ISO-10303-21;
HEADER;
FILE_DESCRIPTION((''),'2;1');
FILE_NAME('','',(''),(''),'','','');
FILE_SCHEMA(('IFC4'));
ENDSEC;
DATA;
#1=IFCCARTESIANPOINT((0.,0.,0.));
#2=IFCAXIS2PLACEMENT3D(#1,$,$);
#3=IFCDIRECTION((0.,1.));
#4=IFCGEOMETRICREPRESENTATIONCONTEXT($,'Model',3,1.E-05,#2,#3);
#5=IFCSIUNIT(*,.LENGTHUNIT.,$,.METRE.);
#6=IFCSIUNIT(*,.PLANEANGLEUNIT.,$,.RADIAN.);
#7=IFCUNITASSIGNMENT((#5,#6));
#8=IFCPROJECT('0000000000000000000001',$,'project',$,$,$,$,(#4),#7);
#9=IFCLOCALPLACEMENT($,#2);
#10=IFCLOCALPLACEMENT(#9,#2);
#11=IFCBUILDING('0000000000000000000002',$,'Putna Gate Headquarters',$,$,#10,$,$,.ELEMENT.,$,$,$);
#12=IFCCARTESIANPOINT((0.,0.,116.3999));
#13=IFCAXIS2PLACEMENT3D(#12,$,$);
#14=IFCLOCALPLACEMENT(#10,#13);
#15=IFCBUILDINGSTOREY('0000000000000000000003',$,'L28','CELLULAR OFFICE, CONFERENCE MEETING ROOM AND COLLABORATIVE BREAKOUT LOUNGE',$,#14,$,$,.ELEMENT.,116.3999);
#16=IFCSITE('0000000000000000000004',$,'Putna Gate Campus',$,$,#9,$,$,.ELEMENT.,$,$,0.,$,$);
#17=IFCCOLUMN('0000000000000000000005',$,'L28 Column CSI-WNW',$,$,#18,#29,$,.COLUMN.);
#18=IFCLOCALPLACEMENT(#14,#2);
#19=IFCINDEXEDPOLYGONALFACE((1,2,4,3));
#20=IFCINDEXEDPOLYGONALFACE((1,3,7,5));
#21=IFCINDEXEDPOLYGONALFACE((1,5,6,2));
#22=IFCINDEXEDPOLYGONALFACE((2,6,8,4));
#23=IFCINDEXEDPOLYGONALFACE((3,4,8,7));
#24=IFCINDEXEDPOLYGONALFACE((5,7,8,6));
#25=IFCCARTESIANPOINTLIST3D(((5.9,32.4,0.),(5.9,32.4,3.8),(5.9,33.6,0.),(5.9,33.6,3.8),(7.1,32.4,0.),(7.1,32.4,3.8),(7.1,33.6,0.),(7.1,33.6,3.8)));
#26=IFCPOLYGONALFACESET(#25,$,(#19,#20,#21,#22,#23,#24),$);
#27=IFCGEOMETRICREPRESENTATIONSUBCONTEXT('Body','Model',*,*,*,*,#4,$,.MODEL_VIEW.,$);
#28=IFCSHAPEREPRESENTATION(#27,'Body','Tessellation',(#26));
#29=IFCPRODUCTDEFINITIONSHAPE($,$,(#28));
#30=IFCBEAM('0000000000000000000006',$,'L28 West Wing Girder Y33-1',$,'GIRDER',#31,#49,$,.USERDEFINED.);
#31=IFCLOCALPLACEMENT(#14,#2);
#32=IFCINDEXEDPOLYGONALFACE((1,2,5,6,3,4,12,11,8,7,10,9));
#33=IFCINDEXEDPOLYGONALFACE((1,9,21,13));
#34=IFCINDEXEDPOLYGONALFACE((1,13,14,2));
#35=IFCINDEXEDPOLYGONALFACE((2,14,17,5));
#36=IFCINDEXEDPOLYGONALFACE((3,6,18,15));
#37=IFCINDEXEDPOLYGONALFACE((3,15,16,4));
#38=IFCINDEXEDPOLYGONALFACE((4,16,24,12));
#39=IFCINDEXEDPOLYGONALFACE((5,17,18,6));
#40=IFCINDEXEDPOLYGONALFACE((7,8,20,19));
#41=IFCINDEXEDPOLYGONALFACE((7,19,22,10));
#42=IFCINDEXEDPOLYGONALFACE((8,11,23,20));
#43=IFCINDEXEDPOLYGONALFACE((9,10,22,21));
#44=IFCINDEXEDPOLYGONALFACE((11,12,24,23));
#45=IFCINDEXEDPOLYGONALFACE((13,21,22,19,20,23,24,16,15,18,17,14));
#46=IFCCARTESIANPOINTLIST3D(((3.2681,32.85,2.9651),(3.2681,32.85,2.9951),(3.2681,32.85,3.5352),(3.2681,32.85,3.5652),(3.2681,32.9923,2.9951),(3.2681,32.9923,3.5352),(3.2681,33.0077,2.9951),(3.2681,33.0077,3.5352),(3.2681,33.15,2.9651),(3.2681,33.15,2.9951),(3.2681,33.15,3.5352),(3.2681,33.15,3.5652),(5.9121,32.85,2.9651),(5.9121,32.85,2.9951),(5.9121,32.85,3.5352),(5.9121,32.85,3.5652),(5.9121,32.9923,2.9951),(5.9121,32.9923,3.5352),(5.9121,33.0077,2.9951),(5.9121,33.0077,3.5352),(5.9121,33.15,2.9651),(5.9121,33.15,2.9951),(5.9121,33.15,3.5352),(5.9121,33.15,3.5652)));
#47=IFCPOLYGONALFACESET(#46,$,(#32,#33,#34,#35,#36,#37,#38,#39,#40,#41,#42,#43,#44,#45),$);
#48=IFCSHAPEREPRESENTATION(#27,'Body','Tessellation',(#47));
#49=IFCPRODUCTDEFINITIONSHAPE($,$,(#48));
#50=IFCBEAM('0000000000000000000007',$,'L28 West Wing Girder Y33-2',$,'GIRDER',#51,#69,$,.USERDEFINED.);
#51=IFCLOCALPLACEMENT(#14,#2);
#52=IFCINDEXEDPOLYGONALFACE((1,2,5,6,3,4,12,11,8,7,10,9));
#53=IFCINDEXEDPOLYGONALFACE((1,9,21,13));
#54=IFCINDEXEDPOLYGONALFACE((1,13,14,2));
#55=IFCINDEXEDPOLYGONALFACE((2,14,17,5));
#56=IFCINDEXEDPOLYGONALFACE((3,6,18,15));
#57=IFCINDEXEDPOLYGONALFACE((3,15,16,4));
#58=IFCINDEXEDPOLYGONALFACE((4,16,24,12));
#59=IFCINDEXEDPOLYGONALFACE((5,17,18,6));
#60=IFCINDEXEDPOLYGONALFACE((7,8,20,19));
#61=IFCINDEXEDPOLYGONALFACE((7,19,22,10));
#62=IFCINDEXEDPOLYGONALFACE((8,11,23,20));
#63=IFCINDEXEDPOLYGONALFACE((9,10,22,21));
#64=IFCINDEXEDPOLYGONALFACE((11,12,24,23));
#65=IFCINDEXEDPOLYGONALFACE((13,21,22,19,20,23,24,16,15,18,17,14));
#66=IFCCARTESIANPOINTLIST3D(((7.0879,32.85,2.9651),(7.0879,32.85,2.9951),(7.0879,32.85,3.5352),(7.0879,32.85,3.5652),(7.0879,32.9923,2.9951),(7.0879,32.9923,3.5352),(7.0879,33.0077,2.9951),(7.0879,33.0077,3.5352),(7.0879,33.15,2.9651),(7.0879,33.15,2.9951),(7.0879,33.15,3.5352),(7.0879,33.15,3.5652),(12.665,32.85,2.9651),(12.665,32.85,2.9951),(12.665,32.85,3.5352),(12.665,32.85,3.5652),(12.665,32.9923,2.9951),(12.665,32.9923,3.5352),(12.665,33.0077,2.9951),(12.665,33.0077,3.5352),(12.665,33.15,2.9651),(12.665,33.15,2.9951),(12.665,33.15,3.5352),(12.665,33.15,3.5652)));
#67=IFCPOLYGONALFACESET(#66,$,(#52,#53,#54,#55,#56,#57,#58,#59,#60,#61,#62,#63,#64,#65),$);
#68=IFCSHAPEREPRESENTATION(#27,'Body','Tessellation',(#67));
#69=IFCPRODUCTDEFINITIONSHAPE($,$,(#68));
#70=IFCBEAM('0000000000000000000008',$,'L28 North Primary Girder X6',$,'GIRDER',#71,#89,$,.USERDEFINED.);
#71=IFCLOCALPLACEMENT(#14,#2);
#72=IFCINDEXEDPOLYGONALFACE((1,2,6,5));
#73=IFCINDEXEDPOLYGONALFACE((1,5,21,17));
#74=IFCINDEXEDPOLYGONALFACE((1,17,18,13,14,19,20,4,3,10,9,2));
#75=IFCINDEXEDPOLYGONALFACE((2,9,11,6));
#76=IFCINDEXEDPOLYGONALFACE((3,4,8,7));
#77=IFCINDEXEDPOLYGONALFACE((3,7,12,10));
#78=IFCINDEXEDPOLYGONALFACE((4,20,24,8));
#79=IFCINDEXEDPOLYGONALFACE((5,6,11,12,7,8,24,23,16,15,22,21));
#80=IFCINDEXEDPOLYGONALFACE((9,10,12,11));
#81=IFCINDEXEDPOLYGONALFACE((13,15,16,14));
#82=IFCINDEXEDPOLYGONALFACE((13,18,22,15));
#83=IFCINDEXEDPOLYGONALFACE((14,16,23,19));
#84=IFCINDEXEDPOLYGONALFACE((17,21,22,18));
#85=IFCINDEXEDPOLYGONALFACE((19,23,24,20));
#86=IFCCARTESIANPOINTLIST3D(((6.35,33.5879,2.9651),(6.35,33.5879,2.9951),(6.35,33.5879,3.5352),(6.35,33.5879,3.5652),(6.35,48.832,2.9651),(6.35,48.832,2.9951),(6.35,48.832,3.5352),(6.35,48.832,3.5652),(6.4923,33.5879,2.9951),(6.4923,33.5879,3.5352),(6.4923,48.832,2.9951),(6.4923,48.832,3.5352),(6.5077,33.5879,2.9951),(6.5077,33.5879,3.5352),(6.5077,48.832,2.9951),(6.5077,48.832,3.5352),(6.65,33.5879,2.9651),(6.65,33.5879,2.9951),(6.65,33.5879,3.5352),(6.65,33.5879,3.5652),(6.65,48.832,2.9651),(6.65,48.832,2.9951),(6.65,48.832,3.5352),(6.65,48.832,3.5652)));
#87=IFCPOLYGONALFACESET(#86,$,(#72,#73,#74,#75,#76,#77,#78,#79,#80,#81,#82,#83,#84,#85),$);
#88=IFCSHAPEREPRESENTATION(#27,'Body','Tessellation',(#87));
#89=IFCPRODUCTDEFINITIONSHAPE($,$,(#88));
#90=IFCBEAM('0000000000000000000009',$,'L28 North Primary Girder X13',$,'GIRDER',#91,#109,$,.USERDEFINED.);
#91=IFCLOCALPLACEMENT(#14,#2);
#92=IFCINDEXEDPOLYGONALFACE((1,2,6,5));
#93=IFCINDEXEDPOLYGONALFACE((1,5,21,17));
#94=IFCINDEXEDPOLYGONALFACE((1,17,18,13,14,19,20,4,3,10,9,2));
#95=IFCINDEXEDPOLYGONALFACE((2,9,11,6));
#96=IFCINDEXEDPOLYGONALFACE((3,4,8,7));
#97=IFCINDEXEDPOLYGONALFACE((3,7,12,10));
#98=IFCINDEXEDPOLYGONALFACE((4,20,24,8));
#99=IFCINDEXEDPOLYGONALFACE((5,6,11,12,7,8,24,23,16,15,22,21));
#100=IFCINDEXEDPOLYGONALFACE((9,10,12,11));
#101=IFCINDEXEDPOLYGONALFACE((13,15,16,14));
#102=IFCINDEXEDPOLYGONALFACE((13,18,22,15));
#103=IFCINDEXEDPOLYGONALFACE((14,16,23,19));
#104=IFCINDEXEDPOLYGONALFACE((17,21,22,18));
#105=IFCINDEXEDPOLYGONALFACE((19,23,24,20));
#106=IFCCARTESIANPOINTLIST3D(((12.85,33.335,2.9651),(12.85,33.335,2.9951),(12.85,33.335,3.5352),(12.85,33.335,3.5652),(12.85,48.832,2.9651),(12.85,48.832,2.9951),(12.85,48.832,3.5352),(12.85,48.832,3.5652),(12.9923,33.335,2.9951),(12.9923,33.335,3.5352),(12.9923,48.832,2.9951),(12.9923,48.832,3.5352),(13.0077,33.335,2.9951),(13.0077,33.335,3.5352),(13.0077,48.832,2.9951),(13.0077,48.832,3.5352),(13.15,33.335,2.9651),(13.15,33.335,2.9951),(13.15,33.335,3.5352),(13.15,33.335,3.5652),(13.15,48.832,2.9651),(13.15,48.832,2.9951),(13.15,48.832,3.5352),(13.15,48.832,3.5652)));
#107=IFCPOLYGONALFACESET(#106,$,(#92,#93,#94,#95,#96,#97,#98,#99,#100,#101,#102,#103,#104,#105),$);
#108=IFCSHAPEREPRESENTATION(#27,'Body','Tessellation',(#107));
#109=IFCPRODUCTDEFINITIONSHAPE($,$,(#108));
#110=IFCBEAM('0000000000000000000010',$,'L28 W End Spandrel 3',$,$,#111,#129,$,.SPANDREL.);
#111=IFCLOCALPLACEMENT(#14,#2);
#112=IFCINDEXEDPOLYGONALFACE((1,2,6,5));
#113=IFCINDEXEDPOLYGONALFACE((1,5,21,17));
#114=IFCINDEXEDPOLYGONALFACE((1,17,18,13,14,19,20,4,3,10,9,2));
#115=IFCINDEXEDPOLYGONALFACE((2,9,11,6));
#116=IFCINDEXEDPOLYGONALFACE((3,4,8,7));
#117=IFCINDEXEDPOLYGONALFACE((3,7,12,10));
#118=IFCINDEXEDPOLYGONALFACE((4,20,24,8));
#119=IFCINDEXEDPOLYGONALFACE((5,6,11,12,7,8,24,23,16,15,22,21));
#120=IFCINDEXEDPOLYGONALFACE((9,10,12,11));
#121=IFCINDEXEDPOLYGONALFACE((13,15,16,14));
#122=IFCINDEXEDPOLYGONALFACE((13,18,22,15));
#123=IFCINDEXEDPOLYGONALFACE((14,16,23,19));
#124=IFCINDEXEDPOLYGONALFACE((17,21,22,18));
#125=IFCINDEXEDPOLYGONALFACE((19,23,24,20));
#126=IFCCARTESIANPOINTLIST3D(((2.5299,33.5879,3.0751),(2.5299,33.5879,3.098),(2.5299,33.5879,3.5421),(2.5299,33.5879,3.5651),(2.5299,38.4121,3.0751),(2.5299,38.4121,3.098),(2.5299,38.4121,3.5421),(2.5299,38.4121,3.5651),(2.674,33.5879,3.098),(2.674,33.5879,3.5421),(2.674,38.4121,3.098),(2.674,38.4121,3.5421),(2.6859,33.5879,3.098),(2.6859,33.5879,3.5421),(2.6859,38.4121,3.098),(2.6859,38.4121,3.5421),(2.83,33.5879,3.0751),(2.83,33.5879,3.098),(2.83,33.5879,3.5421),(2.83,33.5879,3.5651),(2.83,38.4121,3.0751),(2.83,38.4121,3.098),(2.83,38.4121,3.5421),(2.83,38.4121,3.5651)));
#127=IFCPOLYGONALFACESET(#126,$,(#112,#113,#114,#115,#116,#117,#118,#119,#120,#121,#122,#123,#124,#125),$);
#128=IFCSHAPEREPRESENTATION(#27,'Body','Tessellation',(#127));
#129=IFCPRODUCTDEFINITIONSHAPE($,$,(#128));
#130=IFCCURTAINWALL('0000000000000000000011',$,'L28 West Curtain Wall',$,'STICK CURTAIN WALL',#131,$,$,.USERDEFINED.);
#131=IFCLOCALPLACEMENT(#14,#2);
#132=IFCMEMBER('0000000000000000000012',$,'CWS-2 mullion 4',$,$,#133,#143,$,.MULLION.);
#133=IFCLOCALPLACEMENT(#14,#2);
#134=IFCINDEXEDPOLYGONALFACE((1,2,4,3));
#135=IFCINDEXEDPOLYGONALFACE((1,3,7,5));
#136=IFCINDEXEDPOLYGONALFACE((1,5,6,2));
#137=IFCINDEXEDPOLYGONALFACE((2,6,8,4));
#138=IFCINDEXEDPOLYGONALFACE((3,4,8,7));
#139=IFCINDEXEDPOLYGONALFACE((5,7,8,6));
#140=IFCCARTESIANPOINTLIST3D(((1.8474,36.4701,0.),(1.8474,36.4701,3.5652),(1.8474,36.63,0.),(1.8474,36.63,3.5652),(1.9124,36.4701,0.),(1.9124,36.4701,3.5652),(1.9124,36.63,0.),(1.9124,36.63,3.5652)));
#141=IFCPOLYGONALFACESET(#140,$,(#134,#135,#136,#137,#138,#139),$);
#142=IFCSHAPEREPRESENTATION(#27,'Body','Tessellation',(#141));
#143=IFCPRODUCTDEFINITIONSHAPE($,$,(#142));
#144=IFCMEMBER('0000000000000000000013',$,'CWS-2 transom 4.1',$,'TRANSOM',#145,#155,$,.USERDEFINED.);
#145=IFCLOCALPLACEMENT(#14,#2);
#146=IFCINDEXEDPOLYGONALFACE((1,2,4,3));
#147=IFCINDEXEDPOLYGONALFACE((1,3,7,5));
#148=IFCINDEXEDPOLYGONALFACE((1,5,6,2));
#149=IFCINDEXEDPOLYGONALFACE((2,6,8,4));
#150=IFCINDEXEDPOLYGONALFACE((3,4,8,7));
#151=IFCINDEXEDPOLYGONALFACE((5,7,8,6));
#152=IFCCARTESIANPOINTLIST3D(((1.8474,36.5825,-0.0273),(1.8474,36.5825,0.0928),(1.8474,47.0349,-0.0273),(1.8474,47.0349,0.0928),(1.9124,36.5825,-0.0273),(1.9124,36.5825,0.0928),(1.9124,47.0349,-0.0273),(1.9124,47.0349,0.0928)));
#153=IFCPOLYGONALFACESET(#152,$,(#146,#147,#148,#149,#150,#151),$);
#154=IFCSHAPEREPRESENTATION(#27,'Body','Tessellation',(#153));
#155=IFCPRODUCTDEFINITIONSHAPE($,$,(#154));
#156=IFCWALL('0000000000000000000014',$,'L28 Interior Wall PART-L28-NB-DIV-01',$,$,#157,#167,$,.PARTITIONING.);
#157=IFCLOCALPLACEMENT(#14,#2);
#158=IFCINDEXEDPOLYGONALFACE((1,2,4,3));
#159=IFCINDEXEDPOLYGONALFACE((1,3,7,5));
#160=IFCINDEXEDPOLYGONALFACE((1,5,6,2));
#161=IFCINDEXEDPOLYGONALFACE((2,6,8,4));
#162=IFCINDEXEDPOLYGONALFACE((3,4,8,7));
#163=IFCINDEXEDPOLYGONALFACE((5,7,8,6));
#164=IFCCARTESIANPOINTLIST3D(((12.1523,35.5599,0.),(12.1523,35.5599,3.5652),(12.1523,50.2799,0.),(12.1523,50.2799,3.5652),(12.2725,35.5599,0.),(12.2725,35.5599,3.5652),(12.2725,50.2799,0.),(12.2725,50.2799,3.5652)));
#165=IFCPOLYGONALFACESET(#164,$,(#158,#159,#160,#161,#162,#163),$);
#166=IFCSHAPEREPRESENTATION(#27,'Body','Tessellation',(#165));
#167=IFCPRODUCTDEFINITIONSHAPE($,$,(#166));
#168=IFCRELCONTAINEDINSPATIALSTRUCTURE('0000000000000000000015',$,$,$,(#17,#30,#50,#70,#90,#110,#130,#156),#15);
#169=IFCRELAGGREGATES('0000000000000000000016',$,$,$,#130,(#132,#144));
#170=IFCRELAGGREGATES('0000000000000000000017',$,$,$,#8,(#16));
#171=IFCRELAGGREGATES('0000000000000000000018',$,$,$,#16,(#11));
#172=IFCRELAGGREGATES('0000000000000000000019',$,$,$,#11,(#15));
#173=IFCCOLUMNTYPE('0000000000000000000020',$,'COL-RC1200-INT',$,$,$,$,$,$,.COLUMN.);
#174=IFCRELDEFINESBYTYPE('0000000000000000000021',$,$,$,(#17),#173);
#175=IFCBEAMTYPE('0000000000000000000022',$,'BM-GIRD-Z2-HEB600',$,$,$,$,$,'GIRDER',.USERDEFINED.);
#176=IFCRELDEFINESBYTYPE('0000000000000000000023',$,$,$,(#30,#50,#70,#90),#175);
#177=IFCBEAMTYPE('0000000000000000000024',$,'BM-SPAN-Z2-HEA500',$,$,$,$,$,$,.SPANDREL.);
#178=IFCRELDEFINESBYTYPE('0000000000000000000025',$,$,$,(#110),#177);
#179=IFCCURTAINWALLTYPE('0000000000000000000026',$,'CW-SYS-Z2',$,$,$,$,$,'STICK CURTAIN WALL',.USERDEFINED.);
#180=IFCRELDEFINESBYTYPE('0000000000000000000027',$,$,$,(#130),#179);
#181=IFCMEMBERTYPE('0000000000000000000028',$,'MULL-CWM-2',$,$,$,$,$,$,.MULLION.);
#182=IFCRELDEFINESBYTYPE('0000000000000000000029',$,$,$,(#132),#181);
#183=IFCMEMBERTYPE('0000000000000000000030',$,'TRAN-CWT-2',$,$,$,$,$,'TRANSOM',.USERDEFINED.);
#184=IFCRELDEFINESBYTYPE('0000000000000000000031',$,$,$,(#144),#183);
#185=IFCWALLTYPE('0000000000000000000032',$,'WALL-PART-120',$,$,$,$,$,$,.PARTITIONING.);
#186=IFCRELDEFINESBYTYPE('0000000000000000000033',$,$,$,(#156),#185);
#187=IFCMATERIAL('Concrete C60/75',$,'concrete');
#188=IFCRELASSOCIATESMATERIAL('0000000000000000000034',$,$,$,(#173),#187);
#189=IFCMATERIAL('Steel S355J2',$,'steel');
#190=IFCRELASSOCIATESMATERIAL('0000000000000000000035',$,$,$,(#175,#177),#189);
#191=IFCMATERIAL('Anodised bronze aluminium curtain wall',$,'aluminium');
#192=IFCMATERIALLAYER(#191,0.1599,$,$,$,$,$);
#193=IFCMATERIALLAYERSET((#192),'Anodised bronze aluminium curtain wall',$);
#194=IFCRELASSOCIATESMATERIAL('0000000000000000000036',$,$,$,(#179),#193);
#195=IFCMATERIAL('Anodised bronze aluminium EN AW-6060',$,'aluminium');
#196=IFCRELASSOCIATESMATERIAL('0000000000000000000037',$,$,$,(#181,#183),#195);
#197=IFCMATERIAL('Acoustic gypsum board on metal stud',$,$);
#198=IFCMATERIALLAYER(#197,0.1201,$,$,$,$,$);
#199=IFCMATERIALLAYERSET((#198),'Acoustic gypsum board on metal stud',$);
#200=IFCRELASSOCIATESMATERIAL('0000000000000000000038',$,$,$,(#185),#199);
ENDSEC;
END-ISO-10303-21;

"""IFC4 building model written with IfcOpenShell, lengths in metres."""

from ifc_helpers import new_model, si_unit, direction, frame, frame_2d, origin, origin_2d, place, context, subcontext, project, spatial, rectangle, i_section, extrude, material, layer, layer_set, material_profile, profile_set, type_object, element, aggregate, save


model = new_model("IFC4")

# Units and contexts
model_context = context("Model", 3, precision=1e-05, world=origin(), true_north=direction((0.0, 1.0)))
body_context = subcontext(model_context, "Body", "Model", "MODEL_VIEW")
ifc_project = project(units=[si_unit("LENGTHUNIT", "METRE"), si_unit("PLANEANGLEUNIT", "RADIAN")], contexts=[model_context])

# Site, building, storey
site_placement = place(None, origin())
site = spatial("IfcSite", under=ifc_project, at=site_placement, Name="Putna Gate Campus", CompositionType="ELEMENT", RefElevation=0.0)
building_placement = place(site_placement, origin())
building = spatial("IfcBuilding", under=site, at=building_placement, Name="Putna Gate Headquarters", CompositionType="ELEMENT")
storey_placement = place(building_placement, frame((0.0, 0.0, 116.3999)))
storey = spatial("IfcBuildingStorey", under=building, at=storey_placement, Name="L28", Description="CELLULAR OFFICE, CONFERENCE MEETING ROOM AND COLLABORATIVE BREAKOUT LOUNGE", CompositionType="ELEMENT", Elevation=116.3999)

# Column
ifc_material_1 = material(Name="Concrete C60/75", Category="concrete")
ifc_material_profile_1 = material_profile(ifc_material_1, rectangle(XDim=1.2, YDim=1.2, at=origin_2d()), Name="Concrete C60/75")
ifc_profile_set_1 = profile_set([ifc_material_profile_1], Name="Concrete C60/75")
column_type = type_object("IfcColumnType", Name="COL-RC1200-INT", PredefinedType="COLUMN", material=ifc_profile_set_1)
column_placement = place(storey_placement, frame((6.5, 33.0, 0.0), z_axis=(0.0, 0.0, 1.0), x_axis=(1.0, 0.0, 0.0)))
element("IfcColumn", 1, at=column_placement, inside=storey, type_object=column_type, Name="L28 Column CSI-WNW", PredefinedType="COLUMN", context=body_context, shape_type="SweptSolid", body=[
    extrude(rectangle(XDim=1.2, YDim=1.2, at=origin_2d()), origin(), (0.0, 0.0, 1.0), 3.8),
])

# Beams
ifc_material_2 = material(Name="Steel S355J2", Category="steel")
ifc_material_profile_2 = material_profile(ifc_material_2, i_section(OverallWidth=0.3, OverallDepth=0.6001, WebThickness=0.0154, FlangeThickness=0.03, at=origin_2d()), Name="Steel S355J2")
ifc_profile_set_2 = profile_set([ifc_material_profile_2], Name="Steel S355J2")
beam_type_1 = type_object("IfcBeamType", Name="BM-GIRD-Z2-HEB600", ElementType="GIRDER", PredefinedType="USERDEFINED", material=ifc_profile_set_2)
beam_1_placement = place(storey_placement, frame((3.2681, 33.0, 3.2651), z_axis=(1.0, 0.0, 0.0), x_axis=(0.0, 1.0, 0.0)))
element("IfcBeam", 2, at=beam_1_placement, inside=storey, type_object=beam_type_1, Name="L28 West Wing Girder Y33-1", ObjectType="GIRDER", PredefinedType="USERDEFINED", context=body_context, shape_type="SweptSolid", body=[
    extrude(i_section(OverallWidth=0.3, OverallDepth=0.6001, WebThickness=0.0154, FlangeThickness=0.03, at=origin_2d()), origin(), (0.0, 0.0, 1.0), 2.644),
])
beam_2_placement = place(storey_placement, frame((7.0879, 33.0, 3.2651), z_axis=(1.0, 0.0, 0.0), x_axis=(0.0, 1.0, 0.0)))
element("IfcBeam", 3, at=beam_2_placement, inside=storey, type_object=beam_type_1, Name="L28 West Wing Girder Y33-2", ObjectType="GIRDER", PredefinedType="USERDEFINED", context=body_context, shape_type="SweptSolid", body=[
    extrude(i_section(OverallWidth=0.3, OverallDepth=0.6001, WebThickness=0.0154, FlangeThickness=0.03, at=origin_2d()), origin(), (0.0, 0.0, 1.0), 5.5771),
])
beam_3_placement = place(storey_placement, frame((6.5, 33.5879, 3.2651), z_axis=(0.0, 1.0, 0.0), x_axis=(-1.0, 0.0, 0.0)))
element("IfcBeam", 4, at=beam_3_placement, inside=storey, type_object=beam_type_1, Name="L28 North Primary Girder X6", ObjectType="GIRDER", PredefinedType="USERDEFINED", context=body_context, shape_type="SweptSolid", body=[
    extrude(i_section(OverallWidth=0.3, OverallDepth=0.6001, WebThickness=0.0154, FlangeThickness=0.03, at=origin_2d()), origin(), (0.0, 0.0, 1.0), 15.2441),
])
beam_4_placement = place(storey_placement, frame((13.0, 33.335, 3.2651), z_axis=(0.0, 1.0, 0.0), x_axis=(-1.0, 0.0, 0.0)))
element("IfcBeam", 5, at=beam_4_placement, inside=storey, type_object=beam_type_1, Name="L28 North Primary Girder X13", ObjectType="GIRDER", PredefinedType="USERDEFINED", context=body_context, shape_type="SweptSolid", body=[
    extrude(i_section(OverallWidth=0.3, OverallDepth=0.6001, WebThickness=0.0154, FlangeThickness=0.03, at=origin_2d()), origin(), (0.0, 0.0, 1.0), 15.4971),
])
ifc_material_profile_3 = material_profile(ifc_material_2, i_section(OverallWidth=0.3, OverallDepth=0.49, WebThickness=0.012, FlangeThickness=0.0229, at=origin_2d()), Name="Steel S355J2")
ifc_profile_set_3 = profile_set([ifc_material_profile_3], Name="Steel S355J2")
beam_type_2 = type_object("IfcBeamType", Name="BM-SPAN-Z2-HEA500", PredefinedType="SPANDREL", material=ifc_profile_set_3)
beam_5_placement = place(storey_placement, frame((2.6799, 33.5879, 3.3201), z_axis=(0.0, 1.0, 0.0), x_axis=(-1.0, 0.0, 0.0)))
element("IfcBeam", 6, at=beam_5_placement, inside=storey, type_object=beam_type_2, Name="L28 W End Spandrel 3", PredefinedType="SPANDREL", context=body_context, shape_type="SweptSolid", body=[
    extrude(i_section(OverallWidth=0.3, OverallDepth=0.49, WebThickness=0.012, FlangeThickness=0.0229, at=origin_2d()), origin(), (0.0, 0.0, 1.0), 4.8242),
])

# Curtain wall, members
ifc_material_3 = material(Name="Anodised bronze aluminium curtain wall", Category="aluminium")
ifc_layer_1 = layer(ifc_material_3, 0.1599)
ifc_layer_set_1 = layer_set([ifc_layer_1], Name="Anodised bronze aluminium curtain wall")
curtain_wall_type = type_object("IfcCurtainWallType", Name="CW-SYS-Z2", ElementType="STICK CURTAIN WALL", PredefinedType="USERDEFINED", material=ifc_layer_set_1)
curtain_wall_placement = place(storey_placement, origin())
curtain_wall = element("IfcCurtainWall", 7, at=curtain_wall_placement, inside=storey, type_object=curtain_wall_type, Name="L28 West Curtain Wall", ObjectType="STICK CURTAIN WALL", PredefinedType="USERDEFINED")
ifc_material_4 = material(Name="Anodised bronze aluminium EN AW-6060", Category="aluminium")
ifc_material_profile_4 = material_profile(ifc_material_4, rectangle(XDim=0.0649, YDim=0.1599, at=origin_2d()), Name="Anodised bronze aluminium EN AW-6060")
ifc_profile_set_4 = profile_set([ifc_material_profile_4], Name="Anodised bronze aluminium EN AW-6060")
member_type_1 = type_object("IfcMemberType", Name="MULL-CWM-2", PredefinedType="MULLION", material=ifc_profile_set_4)
member_1_placement = place(storey_placement, frame((1.8799, 36.55, 0.0), z_axis=(0.0, 0.0, 1.0), x_axis=(-1.0, 0.0, 0.0)))
member_1 = element("IfcMember", 8, at=member_1_placement, type_object=member_type_1, Name="CWS-2 mullion 4", PredefinedType="MULLION", context=body_context, shape_type="SweptSolid", body=[
    extrude(rectangle(XDim=0.0649, YDim=0.1599, at=origin_2d()), origin(), (0.0, 0.0, 1.0), 3.5652),
])
ifc_material_profile_5 = material_profile(ifc_material_4, rectangle(XDim=0.0649, YDim=0.1201, at=origin_2d()), Name="Anodised bronze aluminium EN AW-6060")
ifc_profile_set_5 = profile_set([ifc_material_profile_5], Name="Anodised bronze aluminium EN AW-6060")
member_type_2 = type_object("IfcMemberType", Name="TRAN-CWT-2", ElementType="TRANSOM", PredefinedType="USERDEFINED", material=ifc_profile_set_5)
member_2_placement = place(storey_placement, frame((1.8799, 36.5825, 0.0327), z_axis=(0.0, 1.0, 0.0), x_axis=(-1.0, 0.0, 0.0)))
member_2 = element("IfcMember", 9, at=member_2_placement, type_object=member_type_2, Name="CWS-2 transom 4.1", ObjectType="TRANSOM", PredefinedType="USERDEFINED", context=body_context, shape_type="SweptSolid", body=[
    extrude(rectangle(XDim=0.0649, YDim=0.1201, at=origin_2d()), origin(), (0.0, 0.0, 1.0), 10.4524),
])
aggregate(curtain_wall, [member_1, member_2])

# Wall
ifc_material_5 = material(Name="Acoustic gypsum board on metal stud")
ifc_layer_2 = layer(ifc_material_5, 0.1201)
ifc_layer_set_2 = layer_set([ifc_layer_2], Name="Acoustic gypsum board on metal stud")
wall_type_1 = type_object("IfcWallType", Name="WALL-PART-120", PredefinedType="PARTITIONING", material=ifc_layer_set_2)
wall_1_placement = place(storey_placement, frame((12.2124, 35.5601, 0.0), z_axis=(0.0, 0.0, 1.0), x_axis=(0.0, 1.0, 0.0)))
element("IfcWall", 10, at=wall_1_placement, inside=storey, type_object=wall_type_1, Name="L28 Interior Wall PART-L28-NB-DIV-01", PredefinedType="PARTITIONING", context=body_context, shape_type="SweptSolid", body=[
    extrude(rectangle(XDim=14.72, YDim=0.1201, at=frame_2d((7.3599, 0.0))), origin(), (0.0, 0.0, 1.0), 3.5652),
])

save(model, "model.ifc")
